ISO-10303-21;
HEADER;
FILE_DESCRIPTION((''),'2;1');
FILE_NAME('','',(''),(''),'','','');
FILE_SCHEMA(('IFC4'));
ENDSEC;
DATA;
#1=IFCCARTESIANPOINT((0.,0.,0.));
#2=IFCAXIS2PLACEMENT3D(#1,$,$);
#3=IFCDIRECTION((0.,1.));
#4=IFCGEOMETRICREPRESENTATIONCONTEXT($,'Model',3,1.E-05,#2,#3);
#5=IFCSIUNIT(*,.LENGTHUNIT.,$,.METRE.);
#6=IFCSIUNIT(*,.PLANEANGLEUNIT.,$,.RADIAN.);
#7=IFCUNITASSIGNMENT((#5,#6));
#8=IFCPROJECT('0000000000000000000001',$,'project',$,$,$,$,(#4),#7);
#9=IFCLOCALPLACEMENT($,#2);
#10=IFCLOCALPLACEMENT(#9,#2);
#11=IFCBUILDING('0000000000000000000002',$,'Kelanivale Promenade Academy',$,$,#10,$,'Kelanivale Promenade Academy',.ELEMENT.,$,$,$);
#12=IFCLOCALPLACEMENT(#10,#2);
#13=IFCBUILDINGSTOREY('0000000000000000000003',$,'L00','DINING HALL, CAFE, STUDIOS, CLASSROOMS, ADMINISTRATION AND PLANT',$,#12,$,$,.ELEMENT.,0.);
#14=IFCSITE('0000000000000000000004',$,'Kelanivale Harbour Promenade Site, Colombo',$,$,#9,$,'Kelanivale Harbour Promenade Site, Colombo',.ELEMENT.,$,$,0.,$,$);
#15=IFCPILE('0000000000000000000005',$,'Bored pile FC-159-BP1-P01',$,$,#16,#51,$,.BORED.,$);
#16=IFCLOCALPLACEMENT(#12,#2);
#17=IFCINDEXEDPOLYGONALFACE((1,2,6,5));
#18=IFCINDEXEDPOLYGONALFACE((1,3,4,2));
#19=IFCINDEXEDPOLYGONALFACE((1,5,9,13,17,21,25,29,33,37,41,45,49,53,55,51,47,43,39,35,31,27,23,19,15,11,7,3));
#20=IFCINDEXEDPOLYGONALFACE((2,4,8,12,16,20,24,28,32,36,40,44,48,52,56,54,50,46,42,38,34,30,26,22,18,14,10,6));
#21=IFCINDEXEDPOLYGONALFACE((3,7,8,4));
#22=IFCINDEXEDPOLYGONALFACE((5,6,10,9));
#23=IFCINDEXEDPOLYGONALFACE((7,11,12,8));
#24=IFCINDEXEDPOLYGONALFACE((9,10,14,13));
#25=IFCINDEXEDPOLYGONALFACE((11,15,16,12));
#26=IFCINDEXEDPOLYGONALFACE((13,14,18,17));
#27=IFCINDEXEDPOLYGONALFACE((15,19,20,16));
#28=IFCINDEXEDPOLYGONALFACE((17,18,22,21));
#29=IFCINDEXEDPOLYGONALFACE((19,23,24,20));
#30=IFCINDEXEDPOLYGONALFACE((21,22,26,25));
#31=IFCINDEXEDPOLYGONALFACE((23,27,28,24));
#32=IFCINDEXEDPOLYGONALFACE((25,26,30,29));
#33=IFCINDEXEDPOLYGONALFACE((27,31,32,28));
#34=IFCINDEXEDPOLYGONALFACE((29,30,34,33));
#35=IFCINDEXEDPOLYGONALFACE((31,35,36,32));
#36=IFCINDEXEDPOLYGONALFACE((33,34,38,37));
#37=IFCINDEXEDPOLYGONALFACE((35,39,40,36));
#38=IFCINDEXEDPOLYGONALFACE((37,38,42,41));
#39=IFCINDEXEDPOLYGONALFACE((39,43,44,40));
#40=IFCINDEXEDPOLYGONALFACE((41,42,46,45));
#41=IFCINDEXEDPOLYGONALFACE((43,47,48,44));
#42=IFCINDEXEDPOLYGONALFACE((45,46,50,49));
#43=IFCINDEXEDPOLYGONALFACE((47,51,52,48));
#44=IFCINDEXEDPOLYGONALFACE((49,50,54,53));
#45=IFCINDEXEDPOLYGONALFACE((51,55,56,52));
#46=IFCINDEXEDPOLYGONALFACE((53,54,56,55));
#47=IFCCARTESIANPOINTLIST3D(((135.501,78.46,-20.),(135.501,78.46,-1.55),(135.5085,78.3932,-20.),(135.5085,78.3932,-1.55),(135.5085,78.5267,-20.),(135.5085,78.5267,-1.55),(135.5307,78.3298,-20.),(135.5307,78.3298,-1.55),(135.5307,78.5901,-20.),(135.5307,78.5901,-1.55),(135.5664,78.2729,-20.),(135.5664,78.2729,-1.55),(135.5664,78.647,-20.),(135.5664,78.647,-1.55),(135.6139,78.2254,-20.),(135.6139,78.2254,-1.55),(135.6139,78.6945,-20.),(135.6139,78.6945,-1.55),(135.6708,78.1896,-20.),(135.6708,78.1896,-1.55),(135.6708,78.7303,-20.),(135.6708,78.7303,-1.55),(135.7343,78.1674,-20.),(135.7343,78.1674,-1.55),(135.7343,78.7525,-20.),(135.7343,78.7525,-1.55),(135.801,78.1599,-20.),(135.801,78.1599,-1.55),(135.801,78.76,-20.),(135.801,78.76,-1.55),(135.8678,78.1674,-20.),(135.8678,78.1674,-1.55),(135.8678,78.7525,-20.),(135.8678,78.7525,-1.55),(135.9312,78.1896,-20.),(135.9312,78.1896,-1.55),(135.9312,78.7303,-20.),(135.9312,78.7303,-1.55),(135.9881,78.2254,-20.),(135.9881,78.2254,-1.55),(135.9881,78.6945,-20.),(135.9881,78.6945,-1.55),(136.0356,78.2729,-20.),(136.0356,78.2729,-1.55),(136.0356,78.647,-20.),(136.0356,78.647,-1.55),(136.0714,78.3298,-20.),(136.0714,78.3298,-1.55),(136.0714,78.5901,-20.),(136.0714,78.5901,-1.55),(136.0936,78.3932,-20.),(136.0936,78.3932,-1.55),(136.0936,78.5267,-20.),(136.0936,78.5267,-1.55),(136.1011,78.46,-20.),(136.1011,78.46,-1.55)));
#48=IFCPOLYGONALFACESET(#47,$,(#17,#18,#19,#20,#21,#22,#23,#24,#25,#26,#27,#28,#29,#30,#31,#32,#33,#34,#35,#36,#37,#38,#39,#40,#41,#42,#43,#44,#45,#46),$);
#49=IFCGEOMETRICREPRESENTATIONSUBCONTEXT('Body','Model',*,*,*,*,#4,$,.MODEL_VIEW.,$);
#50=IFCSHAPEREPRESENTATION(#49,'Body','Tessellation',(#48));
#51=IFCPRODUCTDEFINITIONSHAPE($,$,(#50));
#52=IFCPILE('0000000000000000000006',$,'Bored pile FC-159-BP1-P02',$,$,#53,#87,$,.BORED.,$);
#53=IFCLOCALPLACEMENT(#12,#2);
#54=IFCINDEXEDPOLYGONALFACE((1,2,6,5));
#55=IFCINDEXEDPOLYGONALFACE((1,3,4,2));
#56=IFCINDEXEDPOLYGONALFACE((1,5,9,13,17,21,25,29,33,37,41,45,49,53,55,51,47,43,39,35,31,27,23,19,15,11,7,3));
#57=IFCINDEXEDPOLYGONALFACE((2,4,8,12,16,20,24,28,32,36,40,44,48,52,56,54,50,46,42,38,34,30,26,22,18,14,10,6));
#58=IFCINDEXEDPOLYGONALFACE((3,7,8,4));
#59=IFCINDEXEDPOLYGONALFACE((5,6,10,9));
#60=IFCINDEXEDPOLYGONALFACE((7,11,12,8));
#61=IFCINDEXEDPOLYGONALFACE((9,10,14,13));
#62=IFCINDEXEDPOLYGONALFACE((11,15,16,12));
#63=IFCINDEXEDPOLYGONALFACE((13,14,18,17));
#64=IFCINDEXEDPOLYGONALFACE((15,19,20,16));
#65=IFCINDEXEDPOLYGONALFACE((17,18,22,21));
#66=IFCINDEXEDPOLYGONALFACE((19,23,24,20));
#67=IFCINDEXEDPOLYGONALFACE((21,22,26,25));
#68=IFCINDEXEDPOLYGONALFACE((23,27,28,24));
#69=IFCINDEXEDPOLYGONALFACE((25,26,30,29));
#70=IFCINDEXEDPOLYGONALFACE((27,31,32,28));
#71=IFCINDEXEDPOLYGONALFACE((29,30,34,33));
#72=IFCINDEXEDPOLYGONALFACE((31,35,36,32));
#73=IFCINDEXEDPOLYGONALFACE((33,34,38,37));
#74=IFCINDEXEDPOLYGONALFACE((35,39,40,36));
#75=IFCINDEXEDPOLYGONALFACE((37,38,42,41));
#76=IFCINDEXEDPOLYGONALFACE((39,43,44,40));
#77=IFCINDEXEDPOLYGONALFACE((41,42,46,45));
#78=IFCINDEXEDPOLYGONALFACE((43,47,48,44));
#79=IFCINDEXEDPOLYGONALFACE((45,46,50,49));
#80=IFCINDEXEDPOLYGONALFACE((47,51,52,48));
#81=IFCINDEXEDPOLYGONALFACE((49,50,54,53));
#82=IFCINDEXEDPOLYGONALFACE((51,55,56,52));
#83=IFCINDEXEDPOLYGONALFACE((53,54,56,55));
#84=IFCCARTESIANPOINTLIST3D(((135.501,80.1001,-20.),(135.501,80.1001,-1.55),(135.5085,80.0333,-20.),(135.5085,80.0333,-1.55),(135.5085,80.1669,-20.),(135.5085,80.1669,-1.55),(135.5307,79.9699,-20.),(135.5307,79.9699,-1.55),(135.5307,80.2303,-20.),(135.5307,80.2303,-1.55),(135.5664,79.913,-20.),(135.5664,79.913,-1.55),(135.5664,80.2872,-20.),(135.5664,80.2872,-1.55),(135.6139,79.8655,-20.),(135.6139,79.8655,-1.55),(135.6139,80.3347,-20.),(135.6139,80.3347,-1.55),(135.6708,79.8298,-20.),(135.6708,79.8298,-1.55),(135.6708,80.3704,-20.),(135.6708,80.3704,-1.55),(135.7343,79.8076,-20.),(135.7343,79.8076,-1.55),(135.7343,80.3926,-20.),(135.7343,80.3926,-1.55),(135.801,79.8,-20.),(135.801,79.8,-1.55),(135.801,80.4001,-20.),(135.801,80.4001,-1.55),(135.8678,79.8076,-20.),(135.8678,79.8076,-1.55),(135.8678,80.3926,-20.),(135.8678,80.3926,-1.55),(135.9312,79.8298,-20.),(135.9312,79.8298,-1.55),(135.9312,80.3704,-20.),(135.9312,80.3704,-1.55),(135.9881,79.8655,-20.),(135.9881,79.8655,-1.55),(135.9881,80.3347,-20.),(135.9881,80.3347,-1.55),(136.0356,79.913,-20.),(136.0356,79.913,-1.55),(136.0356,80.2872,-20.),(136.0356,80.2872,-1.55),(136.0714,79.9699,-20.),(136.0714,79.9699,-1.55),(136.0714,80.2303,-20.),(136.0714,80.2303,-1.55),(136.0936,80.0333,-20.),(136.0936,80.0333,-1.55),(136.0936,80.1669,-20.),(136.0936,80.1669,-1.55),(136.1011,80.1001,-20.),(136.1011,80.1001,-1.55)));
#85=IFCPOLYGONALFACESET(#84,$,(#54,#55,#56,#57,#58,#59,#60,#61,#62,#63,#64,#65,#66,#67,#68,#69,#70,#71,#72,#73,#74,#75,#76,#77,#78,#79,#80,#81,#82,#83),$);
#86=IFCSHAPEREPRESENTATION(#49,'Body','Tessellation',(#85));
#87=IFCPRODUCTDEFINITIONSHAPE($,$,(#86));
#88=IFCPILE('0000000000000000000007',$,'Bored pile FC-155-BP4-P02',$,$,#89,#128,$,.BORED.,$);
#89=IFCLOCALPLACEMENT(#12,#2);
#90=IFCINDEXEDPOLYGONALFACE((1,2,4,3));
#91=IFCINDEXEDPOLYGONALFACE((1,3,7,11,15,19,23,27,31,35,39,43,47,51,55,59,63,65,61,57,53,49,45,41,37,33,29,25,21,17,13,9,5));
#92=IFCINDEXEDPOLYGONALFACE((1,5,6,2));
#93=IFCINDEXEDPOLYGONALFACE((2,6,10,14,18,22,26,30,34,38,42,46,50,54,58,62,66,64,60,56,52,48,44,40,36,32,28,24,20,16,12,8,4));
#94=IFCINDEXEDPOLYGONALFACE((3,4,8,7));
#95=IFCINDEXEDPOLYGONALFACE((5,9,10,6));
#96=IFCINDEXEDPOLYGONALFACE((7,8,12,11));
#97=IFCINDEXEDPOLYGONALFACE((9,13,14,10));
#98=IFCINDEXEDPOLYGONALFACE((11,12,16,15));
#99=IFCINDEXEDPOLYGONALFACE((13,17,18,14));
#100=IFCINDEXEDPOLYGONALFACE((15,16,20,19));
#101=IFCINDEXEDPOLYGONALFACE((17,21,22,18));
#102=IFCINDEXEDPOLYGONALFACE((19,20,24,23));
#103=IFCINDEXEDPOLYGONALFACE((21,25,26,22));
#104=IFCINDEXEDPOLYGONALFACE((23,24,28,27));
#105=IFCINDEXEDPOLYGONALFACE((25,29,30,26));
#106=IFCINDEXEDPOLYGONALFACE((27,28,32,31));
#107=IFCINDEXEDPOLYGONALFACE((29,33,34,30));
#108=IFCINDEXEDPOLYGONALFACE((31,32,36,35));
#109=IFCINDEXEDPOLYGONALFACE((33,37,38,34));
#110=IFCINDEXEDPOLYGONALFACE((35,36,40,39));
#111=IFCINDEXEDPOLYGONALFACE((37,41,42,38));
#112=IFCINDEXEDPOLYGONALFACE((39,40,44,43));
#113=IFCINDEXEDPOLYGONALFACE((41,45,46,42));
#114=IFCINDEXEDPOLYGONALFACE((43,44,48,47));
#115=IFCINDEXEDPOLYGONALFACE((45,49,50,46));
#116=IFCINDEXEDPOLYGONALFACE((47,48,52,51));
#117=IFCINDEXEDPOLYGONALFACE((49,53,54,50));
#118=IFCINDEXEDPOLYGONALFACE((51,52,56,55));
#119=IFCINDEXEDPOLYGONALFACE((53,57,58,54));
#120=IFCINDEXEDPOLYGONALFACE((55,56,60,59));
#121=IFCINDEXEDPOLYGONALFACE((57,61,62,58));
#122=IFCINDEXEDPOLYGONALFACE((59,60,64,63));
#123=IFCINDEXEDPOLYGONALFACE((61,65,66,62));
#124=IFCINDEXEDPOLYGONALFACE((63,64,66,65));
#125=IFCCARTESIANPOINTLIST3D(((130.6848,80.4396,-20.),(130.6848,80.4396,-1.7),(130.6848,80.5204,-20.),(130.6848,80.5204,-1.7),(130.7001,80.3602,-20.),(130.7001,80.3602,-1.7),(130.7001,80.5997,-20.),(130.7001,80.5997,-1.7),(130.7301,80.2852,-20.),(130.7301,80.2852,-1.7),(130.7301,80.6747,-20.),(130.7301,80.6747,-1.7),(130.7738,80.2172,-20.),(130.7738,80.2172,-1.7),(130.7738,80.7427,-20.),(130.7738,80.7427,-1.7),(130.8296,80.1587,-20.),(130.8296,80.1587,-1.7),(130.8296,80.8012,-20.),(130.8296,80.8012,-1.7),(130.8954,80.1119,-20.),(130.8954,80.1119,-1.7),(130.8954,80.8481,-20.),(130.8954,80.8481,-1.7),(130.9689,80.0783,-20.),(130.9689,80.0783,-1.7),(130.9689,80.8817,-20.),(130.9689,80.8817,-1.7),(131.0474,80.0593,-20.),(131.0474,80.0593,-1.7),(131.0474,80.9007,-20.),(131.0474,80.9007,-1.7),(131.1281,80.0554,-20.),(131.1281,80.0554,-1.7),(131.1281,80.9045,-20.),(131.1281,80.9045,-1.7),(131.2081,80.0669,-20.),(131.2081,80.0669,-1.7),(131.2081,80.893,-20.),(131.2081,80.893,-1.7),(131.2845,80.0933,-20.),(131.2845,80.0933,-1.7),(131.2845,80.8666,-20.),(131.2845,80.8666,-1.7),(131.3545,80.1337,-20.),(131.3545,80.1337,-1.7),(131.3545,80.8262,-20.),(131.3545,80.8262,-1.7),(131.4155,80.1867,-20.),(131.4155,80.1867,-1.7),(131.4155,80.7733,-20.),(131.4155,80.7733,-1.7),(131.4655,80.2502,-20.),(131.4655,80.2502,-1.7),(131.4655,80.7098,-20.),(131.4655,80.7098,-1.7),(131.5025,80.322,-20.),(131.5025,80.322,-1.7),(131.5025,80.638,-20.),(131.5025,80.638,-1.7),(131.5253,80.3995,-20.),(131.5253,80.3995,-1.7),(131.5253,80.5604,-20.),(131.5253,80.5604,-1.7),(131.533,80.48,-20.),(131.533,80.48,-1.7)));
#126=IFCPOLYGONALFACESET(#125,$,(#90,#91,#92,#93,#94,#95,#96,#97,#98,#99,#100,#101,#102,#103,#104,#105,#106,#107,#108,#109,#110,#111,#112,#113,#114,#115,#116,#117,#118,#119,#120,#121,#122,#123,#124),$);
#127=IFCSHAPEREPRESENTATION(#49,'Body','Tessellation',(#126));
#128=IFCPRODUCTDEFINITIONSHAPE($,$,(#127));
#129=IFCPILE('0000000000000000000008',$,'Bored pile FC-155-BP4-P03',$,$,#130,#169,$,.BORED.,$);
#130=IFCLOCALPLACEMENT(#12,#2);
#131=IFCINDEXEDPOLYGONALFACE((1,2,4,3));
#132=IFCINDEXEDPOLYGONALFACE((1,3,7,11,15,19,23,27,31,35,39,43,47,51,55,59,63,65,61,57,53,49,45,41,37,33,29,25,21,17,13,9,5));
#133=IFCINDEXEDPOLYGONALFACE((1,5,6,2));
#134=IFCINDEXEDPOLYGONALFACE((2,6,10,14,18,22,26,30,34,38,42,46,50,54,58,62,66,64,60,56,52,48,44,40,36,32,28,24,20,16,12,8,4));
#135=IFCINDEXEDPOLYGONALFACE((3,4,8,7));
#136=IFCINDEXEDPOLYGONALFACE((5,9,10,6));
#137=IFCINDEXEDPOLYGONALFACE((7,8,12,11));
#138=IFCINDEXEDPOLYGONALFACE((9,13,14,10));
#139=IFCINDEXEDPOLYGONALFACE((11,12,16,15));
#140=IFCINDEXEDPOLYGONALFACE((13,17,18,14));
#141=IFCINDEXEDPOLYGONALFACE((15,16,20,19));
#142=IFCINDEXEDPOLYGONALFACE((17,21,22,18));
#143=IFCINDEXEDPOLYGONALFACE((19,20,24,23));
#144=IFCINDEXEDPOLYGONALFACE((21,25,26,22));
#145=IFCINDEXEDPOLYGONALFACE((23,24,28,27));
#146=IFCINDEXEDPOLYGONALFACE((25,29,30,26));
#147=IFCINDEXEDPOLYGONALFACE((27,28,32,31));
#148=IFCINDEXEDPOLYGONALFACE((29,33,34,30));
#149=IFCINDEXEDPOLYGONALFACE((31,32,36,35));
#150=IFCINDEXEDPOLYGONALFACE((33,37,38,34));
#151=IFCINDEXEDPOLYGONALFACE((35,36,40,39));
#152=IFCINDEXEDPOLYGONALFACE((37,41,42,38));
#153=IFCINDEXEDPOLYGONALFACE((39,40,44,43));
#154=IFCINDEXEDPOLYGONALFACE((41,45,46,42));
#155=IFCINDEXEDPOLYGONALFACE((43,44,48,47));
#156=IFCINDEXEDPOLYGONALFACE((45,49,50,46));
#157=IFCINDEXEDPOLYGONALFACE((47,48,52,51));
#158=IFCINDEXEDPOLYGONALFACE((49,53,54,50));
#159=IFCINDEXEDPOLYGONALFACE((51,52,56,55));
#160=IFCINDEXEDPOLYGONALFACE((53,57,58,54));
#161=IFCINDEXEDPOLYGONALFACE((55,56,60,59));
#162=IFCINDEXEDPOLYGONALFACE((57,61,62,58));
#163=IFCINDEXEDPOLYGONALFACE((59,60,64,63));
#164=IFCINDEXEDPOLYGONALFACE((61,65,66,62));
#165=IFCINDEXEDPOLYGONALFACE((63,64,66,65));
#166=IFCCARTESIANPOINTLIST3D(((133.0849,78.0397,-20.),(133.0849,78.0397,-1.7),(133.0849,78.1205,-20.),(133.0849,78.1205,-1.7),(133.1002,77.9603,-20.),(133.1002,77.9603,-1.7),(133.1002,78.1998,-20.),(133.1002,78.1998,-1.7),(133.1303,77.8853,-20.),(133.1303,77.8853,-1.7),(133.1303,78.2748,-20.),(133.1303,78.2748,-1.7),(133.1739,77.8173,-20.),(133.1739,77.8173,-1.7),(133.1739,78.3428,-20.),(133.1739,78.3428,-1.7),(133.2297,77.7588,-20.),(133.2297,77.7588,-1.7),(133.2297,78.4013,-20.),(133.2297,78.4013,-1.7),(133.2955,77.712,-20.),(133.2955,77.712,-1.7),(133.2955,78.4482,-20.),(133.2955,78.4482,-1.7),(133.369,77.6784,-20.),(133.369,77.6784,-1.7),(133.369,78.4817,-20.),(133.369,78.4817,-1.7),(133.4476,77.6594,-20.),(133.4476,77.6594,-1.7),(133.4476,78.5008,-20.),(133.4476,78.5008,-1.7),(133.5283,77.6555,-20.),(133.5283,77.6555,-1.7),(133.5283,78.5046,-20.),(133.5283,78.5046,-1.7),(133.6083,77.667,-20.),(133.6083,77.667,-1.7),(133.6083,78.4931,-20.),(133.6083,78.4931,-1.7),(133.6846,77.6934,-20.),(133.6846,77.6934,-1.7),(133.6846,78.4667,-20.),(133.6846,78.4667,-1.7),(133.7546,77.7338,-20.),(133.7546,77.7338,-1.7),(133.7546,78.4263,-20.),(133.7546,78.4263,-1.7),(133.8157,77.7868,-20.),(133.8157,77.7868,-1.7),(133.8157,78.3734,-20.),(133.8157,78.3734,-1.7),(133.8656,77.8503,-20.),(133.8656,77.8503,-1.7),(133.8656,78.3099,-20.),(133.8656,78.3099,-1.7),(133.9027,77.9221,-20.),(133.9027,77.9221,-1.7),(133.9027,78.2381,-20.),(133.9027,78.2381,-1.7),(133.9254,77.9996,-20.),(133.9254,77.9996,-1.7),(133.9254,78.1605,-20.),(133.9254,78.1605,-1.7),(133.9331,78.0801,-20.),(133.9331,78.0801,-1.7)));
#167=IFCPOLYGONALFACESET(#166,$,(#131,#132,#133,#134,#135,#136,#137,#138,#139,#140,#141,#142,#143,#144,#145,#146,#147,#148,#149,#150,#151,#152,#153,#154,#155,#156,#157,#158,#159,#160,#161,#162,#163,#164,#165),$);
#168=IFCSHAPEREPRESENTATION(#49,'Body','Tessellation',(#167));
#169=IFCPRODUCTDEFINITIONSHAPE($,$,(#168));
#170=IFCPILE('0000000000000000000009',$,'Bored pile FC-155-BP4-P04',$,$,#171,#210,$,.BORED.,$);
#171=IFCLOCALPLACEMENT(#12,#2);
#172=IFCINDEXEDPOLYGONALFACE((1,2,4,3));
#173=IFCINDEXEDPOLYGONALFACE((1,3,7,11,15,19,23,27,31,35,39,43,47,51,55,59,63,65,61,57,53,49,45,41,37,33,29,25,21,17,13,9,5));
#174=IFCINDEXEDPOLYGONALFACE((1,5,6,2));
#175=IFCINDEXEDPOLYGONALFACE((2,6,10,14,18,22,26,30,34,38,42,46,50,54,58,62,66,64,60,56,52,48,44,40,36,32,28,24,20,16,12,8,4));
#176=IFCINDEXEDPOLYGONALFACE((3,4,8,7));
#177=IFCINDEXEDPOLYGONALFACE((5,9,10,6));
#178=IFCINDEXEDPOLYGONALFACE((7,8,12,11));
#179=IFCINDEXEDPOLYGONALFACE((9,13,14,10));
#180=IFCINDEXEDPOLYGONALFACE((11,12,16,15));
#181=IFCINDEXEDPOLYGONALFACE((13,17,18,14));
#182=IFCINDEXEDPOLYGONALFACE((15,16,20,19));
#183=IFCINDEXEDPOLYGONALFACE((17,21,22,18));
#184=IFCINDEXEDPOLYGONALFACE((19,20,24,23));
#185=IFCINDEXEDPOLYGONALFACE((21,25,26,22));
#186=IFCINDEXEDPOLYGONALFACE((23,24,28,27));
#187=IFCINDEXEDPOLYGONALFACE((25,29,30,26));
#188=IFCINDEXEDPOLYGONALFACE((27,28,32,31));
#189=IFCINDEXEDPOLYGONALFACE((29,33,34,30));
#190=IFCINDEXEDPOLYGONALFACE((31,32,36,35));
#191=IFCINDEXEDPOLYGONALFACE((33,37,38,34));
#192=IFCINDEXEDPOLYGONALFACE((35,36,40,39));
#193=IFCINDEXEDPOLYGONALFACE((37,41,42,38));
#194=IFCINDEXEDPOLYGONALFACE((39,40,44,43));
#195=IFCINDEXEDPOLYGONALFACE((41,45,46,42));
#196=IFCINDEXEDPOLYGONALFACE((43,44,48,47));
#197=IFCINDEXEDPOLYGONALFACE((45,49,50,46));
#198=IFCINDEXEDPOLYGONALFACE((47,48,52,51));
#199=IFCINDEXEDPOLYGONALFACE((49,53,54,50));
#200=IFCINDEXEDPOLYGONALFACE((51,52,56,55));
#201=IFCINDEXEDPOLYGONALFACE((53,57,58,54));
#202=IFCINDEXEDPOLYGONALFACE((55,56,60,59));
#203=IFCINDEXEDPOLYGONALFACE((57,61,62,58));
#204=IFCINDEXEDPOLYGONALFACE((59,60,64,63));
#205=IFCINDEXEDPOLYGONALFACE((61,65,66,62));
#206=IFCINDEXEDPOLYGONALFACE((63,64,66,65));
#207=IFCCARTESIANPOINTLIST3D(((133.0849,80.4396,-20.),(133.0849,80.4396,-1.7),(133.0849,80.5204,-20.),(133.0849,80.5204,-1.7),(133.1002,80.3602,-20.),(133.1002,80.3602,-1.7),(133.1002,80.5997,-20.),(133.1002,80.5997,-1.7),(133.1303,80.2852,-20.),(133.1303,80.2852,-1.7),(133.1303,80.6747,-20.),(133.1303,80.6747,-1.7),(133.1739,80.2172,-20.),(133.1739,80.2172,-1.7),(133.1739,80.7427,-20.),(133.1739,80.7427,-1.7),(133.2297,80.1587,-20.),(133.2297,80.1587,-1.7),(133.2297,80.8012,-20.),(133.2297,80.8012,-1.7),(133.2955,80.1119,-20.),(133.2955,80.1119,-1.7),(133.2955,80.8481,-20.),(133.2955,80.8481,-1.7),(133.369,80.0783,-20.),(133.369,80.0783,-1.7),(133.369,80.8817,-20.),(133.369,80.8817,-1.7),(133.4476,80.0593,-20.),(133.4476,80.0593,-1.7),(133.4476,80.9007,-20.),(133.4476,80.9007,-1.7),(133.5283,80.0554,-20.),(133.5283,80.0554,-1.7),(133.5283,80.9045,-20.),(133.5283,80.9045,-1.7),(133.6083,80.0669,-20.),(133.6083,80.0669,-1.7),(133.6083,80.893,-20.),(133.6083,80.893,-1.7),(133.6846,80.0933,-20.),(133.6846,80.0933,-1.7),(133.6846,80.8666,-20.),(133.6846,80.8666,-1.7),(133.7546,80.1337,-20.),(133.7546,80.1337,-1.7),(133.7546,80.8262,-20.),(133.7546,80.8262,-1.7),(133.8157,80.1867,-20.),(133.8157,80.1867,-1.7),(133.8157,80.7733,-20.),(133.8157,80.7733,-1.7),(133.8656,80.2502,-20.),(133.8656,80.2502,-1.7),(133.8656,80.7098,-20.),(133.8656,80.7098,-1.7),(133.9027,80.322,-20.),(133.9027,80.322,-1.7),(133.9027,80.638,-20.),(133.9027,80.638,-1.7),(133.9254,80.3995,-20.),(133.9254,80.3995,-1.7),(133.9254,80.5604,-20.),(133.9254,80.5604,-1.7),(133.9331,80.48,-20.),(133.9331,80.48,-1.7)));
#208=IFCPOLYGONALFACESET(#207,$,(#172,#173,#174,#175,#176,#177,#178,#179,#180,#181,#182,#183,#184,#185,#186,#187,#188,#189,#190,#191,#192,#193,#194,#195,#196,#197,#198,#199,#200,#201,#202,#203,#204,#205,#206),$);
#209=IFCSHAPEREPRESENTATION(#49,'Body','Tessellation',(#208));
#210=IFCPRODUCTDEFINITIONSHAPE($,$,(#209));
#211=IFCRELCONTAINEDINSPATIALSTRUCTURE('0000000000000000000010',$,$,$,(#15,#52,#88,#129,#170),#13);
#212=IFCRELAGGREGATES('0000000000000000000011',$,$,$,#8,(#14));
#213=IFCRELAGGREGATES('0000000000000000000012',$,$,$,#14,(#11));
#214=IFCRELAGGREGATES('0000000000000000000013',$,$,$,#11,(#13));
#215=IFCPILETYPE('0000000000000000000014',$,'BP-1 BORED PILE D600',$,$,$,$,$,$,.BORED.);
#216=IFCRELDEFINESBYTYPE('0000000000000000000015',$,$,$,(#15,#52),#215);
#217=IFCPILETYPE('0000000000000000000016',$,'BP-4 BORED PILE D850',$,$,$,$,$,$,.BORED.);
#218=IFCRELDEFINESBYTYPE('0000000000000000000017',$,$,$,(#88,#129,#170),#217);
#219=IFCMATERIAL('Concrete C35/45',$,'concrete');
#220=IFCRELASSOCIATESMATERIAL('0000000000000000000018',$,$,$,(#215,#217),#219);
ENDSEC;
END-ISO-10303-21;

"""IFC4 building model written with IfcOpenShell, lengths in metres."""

from ifc_helpers import new_model, si_unit, direction, frame, origin, origin_2d, place, context, subcontext, project, spatial, circle, extrude, material, material_profile, profile_set, type_object, element, save


model = new_model("IFC4")

# Units and contexts
model_context = context("Model", 3, precision=1e-05, world=origin(), true_north=direction((0.0, 1.0)))
body_context = subcontext(model_context, "Body", "Model", "MODEL_VIEW")
ifc_project = project(units=[si_unit("LENGTHUNIT", "METRE"), si_unit("PLANEANGLEUNIT", "RADIAN")], contexts=[model_context])

# Site, building, storey
site_placement = place(None, origin())
site = spatial("IfcSite", under=ifc_project, at=site_placement, Name="Kelanivale Harbour Promenade Site, Colombo", LongName="Kelanivale Harbour Promenade Site, Colombo", CompositionType="ELEMENT", RefElevation=0.0)
building_placement = place(site_placement, origin())
building = spatial("IfcBuilding", under=site, at=building_placement, Name="Kelanivale Promenade Academy", LongName="Kelanivale Promenade Academy", CompositionType="ELEMENT")
storey_placement = place(building_placement, origin())
storey = spatial("IfcBuildingStorey", under=building, at=storey_placement, Name="L00", Description="DINING HALL, CAFE, STUDIOS, CLASSROOMS, ADMINISTRATION AND PLANT", CompositionType="ELEMENT", Elevation=0.0)

# Piles
ifc_material_1 = material(Name="Concrete C35/45", Category="concrete")
ifc_material_profile_1 = material_profile(ifc_material_1, circle(Radius=0.3, at=origin_2d()), Name="BORED PILE D600")
ifc_profile_set_1 = profile_set([ifc_material_profile_1], Name="Concrete C35/45")
pile_type_1 = type_object("IfcPileType", Name="BP-1 BORED PILE D600", PredefinedType="BORED", material=ifc_profile_set_1)
for number, where, z_axis, x_axis, name in (
    (1, (135.801, 78.46, -1.55), (0.0, 0.0, -1.0), (1.0, 0.0, 0.0), "Bored pile FC-159-BP1-P01"),
    (2, (135.801, 80.1001, -1.55), (0.0, 0.0, -1.0), (1.0, 0.0, 0.0), "Bored pile FC-159-BP1-P02"),
):
    element("IfcPile", number, at=place(storey_placement, frame(where, z_axis=z_axis, x_axis=x_axis)), inside=storey, type_object=pile_type_1, Name=name, PredefinedType="BORED", context=body_context, shape_type="SweptSolid", body=[
        extrude(circle(Radius=0.3, at=origin_2d()), origin(), (0.0, 0.0, 1.0), 18.45),
    ])
ifc_material_profile_2 = material_profile(ifc_material_1, circle(Radius=0.425, at=origin_2d()), Name="BORED PILE D850")
ifc_profile_set_2 = profile_set([ifc_material_profile_2], Name="Concrete C35/45")
pile_type_2 = type_object("IfcPileType", Name="BP-4 BORED PILE D850", PredefinedType="BORED", material=ifc_profile_set_2)
for number, where, z_axis, x_axis, name in (
    (3, (131.1079, 80.48, -1.7), (0.0, 0.0, -1.0), (1.0, 0.0, 0.0), "Bored pile FC-155-BP4-P02"),
    (4, (133.5081, 78.0801, -1.7), (0.0, 0.0, -1.0), (1.0, 0.0, 0.0), "Bored pile FC-155-BP4-P03"),
    (5, (133.5081, 80.48, -1.7), (0.0, 0.0, -1.0), (1.0, 0.0, 0.0), "Bored pile FC-155-BP4-P04"),
):
    element("IfcPile", number, at=place(storey_placement, frame(where, z_axis=z_axis, x_axis=x_axis)), inside=storey, type_object=pile_type_2, Name=name, PredefinedType="BORED", context=body_context, shape_type="SweptSolid", body=[
        extrude(circle(Radius=0.425, at=origin_2d()), origin(), (0.0, 0.0, 1.0), 18.3),
    ])

save(model, "model.ifc")
